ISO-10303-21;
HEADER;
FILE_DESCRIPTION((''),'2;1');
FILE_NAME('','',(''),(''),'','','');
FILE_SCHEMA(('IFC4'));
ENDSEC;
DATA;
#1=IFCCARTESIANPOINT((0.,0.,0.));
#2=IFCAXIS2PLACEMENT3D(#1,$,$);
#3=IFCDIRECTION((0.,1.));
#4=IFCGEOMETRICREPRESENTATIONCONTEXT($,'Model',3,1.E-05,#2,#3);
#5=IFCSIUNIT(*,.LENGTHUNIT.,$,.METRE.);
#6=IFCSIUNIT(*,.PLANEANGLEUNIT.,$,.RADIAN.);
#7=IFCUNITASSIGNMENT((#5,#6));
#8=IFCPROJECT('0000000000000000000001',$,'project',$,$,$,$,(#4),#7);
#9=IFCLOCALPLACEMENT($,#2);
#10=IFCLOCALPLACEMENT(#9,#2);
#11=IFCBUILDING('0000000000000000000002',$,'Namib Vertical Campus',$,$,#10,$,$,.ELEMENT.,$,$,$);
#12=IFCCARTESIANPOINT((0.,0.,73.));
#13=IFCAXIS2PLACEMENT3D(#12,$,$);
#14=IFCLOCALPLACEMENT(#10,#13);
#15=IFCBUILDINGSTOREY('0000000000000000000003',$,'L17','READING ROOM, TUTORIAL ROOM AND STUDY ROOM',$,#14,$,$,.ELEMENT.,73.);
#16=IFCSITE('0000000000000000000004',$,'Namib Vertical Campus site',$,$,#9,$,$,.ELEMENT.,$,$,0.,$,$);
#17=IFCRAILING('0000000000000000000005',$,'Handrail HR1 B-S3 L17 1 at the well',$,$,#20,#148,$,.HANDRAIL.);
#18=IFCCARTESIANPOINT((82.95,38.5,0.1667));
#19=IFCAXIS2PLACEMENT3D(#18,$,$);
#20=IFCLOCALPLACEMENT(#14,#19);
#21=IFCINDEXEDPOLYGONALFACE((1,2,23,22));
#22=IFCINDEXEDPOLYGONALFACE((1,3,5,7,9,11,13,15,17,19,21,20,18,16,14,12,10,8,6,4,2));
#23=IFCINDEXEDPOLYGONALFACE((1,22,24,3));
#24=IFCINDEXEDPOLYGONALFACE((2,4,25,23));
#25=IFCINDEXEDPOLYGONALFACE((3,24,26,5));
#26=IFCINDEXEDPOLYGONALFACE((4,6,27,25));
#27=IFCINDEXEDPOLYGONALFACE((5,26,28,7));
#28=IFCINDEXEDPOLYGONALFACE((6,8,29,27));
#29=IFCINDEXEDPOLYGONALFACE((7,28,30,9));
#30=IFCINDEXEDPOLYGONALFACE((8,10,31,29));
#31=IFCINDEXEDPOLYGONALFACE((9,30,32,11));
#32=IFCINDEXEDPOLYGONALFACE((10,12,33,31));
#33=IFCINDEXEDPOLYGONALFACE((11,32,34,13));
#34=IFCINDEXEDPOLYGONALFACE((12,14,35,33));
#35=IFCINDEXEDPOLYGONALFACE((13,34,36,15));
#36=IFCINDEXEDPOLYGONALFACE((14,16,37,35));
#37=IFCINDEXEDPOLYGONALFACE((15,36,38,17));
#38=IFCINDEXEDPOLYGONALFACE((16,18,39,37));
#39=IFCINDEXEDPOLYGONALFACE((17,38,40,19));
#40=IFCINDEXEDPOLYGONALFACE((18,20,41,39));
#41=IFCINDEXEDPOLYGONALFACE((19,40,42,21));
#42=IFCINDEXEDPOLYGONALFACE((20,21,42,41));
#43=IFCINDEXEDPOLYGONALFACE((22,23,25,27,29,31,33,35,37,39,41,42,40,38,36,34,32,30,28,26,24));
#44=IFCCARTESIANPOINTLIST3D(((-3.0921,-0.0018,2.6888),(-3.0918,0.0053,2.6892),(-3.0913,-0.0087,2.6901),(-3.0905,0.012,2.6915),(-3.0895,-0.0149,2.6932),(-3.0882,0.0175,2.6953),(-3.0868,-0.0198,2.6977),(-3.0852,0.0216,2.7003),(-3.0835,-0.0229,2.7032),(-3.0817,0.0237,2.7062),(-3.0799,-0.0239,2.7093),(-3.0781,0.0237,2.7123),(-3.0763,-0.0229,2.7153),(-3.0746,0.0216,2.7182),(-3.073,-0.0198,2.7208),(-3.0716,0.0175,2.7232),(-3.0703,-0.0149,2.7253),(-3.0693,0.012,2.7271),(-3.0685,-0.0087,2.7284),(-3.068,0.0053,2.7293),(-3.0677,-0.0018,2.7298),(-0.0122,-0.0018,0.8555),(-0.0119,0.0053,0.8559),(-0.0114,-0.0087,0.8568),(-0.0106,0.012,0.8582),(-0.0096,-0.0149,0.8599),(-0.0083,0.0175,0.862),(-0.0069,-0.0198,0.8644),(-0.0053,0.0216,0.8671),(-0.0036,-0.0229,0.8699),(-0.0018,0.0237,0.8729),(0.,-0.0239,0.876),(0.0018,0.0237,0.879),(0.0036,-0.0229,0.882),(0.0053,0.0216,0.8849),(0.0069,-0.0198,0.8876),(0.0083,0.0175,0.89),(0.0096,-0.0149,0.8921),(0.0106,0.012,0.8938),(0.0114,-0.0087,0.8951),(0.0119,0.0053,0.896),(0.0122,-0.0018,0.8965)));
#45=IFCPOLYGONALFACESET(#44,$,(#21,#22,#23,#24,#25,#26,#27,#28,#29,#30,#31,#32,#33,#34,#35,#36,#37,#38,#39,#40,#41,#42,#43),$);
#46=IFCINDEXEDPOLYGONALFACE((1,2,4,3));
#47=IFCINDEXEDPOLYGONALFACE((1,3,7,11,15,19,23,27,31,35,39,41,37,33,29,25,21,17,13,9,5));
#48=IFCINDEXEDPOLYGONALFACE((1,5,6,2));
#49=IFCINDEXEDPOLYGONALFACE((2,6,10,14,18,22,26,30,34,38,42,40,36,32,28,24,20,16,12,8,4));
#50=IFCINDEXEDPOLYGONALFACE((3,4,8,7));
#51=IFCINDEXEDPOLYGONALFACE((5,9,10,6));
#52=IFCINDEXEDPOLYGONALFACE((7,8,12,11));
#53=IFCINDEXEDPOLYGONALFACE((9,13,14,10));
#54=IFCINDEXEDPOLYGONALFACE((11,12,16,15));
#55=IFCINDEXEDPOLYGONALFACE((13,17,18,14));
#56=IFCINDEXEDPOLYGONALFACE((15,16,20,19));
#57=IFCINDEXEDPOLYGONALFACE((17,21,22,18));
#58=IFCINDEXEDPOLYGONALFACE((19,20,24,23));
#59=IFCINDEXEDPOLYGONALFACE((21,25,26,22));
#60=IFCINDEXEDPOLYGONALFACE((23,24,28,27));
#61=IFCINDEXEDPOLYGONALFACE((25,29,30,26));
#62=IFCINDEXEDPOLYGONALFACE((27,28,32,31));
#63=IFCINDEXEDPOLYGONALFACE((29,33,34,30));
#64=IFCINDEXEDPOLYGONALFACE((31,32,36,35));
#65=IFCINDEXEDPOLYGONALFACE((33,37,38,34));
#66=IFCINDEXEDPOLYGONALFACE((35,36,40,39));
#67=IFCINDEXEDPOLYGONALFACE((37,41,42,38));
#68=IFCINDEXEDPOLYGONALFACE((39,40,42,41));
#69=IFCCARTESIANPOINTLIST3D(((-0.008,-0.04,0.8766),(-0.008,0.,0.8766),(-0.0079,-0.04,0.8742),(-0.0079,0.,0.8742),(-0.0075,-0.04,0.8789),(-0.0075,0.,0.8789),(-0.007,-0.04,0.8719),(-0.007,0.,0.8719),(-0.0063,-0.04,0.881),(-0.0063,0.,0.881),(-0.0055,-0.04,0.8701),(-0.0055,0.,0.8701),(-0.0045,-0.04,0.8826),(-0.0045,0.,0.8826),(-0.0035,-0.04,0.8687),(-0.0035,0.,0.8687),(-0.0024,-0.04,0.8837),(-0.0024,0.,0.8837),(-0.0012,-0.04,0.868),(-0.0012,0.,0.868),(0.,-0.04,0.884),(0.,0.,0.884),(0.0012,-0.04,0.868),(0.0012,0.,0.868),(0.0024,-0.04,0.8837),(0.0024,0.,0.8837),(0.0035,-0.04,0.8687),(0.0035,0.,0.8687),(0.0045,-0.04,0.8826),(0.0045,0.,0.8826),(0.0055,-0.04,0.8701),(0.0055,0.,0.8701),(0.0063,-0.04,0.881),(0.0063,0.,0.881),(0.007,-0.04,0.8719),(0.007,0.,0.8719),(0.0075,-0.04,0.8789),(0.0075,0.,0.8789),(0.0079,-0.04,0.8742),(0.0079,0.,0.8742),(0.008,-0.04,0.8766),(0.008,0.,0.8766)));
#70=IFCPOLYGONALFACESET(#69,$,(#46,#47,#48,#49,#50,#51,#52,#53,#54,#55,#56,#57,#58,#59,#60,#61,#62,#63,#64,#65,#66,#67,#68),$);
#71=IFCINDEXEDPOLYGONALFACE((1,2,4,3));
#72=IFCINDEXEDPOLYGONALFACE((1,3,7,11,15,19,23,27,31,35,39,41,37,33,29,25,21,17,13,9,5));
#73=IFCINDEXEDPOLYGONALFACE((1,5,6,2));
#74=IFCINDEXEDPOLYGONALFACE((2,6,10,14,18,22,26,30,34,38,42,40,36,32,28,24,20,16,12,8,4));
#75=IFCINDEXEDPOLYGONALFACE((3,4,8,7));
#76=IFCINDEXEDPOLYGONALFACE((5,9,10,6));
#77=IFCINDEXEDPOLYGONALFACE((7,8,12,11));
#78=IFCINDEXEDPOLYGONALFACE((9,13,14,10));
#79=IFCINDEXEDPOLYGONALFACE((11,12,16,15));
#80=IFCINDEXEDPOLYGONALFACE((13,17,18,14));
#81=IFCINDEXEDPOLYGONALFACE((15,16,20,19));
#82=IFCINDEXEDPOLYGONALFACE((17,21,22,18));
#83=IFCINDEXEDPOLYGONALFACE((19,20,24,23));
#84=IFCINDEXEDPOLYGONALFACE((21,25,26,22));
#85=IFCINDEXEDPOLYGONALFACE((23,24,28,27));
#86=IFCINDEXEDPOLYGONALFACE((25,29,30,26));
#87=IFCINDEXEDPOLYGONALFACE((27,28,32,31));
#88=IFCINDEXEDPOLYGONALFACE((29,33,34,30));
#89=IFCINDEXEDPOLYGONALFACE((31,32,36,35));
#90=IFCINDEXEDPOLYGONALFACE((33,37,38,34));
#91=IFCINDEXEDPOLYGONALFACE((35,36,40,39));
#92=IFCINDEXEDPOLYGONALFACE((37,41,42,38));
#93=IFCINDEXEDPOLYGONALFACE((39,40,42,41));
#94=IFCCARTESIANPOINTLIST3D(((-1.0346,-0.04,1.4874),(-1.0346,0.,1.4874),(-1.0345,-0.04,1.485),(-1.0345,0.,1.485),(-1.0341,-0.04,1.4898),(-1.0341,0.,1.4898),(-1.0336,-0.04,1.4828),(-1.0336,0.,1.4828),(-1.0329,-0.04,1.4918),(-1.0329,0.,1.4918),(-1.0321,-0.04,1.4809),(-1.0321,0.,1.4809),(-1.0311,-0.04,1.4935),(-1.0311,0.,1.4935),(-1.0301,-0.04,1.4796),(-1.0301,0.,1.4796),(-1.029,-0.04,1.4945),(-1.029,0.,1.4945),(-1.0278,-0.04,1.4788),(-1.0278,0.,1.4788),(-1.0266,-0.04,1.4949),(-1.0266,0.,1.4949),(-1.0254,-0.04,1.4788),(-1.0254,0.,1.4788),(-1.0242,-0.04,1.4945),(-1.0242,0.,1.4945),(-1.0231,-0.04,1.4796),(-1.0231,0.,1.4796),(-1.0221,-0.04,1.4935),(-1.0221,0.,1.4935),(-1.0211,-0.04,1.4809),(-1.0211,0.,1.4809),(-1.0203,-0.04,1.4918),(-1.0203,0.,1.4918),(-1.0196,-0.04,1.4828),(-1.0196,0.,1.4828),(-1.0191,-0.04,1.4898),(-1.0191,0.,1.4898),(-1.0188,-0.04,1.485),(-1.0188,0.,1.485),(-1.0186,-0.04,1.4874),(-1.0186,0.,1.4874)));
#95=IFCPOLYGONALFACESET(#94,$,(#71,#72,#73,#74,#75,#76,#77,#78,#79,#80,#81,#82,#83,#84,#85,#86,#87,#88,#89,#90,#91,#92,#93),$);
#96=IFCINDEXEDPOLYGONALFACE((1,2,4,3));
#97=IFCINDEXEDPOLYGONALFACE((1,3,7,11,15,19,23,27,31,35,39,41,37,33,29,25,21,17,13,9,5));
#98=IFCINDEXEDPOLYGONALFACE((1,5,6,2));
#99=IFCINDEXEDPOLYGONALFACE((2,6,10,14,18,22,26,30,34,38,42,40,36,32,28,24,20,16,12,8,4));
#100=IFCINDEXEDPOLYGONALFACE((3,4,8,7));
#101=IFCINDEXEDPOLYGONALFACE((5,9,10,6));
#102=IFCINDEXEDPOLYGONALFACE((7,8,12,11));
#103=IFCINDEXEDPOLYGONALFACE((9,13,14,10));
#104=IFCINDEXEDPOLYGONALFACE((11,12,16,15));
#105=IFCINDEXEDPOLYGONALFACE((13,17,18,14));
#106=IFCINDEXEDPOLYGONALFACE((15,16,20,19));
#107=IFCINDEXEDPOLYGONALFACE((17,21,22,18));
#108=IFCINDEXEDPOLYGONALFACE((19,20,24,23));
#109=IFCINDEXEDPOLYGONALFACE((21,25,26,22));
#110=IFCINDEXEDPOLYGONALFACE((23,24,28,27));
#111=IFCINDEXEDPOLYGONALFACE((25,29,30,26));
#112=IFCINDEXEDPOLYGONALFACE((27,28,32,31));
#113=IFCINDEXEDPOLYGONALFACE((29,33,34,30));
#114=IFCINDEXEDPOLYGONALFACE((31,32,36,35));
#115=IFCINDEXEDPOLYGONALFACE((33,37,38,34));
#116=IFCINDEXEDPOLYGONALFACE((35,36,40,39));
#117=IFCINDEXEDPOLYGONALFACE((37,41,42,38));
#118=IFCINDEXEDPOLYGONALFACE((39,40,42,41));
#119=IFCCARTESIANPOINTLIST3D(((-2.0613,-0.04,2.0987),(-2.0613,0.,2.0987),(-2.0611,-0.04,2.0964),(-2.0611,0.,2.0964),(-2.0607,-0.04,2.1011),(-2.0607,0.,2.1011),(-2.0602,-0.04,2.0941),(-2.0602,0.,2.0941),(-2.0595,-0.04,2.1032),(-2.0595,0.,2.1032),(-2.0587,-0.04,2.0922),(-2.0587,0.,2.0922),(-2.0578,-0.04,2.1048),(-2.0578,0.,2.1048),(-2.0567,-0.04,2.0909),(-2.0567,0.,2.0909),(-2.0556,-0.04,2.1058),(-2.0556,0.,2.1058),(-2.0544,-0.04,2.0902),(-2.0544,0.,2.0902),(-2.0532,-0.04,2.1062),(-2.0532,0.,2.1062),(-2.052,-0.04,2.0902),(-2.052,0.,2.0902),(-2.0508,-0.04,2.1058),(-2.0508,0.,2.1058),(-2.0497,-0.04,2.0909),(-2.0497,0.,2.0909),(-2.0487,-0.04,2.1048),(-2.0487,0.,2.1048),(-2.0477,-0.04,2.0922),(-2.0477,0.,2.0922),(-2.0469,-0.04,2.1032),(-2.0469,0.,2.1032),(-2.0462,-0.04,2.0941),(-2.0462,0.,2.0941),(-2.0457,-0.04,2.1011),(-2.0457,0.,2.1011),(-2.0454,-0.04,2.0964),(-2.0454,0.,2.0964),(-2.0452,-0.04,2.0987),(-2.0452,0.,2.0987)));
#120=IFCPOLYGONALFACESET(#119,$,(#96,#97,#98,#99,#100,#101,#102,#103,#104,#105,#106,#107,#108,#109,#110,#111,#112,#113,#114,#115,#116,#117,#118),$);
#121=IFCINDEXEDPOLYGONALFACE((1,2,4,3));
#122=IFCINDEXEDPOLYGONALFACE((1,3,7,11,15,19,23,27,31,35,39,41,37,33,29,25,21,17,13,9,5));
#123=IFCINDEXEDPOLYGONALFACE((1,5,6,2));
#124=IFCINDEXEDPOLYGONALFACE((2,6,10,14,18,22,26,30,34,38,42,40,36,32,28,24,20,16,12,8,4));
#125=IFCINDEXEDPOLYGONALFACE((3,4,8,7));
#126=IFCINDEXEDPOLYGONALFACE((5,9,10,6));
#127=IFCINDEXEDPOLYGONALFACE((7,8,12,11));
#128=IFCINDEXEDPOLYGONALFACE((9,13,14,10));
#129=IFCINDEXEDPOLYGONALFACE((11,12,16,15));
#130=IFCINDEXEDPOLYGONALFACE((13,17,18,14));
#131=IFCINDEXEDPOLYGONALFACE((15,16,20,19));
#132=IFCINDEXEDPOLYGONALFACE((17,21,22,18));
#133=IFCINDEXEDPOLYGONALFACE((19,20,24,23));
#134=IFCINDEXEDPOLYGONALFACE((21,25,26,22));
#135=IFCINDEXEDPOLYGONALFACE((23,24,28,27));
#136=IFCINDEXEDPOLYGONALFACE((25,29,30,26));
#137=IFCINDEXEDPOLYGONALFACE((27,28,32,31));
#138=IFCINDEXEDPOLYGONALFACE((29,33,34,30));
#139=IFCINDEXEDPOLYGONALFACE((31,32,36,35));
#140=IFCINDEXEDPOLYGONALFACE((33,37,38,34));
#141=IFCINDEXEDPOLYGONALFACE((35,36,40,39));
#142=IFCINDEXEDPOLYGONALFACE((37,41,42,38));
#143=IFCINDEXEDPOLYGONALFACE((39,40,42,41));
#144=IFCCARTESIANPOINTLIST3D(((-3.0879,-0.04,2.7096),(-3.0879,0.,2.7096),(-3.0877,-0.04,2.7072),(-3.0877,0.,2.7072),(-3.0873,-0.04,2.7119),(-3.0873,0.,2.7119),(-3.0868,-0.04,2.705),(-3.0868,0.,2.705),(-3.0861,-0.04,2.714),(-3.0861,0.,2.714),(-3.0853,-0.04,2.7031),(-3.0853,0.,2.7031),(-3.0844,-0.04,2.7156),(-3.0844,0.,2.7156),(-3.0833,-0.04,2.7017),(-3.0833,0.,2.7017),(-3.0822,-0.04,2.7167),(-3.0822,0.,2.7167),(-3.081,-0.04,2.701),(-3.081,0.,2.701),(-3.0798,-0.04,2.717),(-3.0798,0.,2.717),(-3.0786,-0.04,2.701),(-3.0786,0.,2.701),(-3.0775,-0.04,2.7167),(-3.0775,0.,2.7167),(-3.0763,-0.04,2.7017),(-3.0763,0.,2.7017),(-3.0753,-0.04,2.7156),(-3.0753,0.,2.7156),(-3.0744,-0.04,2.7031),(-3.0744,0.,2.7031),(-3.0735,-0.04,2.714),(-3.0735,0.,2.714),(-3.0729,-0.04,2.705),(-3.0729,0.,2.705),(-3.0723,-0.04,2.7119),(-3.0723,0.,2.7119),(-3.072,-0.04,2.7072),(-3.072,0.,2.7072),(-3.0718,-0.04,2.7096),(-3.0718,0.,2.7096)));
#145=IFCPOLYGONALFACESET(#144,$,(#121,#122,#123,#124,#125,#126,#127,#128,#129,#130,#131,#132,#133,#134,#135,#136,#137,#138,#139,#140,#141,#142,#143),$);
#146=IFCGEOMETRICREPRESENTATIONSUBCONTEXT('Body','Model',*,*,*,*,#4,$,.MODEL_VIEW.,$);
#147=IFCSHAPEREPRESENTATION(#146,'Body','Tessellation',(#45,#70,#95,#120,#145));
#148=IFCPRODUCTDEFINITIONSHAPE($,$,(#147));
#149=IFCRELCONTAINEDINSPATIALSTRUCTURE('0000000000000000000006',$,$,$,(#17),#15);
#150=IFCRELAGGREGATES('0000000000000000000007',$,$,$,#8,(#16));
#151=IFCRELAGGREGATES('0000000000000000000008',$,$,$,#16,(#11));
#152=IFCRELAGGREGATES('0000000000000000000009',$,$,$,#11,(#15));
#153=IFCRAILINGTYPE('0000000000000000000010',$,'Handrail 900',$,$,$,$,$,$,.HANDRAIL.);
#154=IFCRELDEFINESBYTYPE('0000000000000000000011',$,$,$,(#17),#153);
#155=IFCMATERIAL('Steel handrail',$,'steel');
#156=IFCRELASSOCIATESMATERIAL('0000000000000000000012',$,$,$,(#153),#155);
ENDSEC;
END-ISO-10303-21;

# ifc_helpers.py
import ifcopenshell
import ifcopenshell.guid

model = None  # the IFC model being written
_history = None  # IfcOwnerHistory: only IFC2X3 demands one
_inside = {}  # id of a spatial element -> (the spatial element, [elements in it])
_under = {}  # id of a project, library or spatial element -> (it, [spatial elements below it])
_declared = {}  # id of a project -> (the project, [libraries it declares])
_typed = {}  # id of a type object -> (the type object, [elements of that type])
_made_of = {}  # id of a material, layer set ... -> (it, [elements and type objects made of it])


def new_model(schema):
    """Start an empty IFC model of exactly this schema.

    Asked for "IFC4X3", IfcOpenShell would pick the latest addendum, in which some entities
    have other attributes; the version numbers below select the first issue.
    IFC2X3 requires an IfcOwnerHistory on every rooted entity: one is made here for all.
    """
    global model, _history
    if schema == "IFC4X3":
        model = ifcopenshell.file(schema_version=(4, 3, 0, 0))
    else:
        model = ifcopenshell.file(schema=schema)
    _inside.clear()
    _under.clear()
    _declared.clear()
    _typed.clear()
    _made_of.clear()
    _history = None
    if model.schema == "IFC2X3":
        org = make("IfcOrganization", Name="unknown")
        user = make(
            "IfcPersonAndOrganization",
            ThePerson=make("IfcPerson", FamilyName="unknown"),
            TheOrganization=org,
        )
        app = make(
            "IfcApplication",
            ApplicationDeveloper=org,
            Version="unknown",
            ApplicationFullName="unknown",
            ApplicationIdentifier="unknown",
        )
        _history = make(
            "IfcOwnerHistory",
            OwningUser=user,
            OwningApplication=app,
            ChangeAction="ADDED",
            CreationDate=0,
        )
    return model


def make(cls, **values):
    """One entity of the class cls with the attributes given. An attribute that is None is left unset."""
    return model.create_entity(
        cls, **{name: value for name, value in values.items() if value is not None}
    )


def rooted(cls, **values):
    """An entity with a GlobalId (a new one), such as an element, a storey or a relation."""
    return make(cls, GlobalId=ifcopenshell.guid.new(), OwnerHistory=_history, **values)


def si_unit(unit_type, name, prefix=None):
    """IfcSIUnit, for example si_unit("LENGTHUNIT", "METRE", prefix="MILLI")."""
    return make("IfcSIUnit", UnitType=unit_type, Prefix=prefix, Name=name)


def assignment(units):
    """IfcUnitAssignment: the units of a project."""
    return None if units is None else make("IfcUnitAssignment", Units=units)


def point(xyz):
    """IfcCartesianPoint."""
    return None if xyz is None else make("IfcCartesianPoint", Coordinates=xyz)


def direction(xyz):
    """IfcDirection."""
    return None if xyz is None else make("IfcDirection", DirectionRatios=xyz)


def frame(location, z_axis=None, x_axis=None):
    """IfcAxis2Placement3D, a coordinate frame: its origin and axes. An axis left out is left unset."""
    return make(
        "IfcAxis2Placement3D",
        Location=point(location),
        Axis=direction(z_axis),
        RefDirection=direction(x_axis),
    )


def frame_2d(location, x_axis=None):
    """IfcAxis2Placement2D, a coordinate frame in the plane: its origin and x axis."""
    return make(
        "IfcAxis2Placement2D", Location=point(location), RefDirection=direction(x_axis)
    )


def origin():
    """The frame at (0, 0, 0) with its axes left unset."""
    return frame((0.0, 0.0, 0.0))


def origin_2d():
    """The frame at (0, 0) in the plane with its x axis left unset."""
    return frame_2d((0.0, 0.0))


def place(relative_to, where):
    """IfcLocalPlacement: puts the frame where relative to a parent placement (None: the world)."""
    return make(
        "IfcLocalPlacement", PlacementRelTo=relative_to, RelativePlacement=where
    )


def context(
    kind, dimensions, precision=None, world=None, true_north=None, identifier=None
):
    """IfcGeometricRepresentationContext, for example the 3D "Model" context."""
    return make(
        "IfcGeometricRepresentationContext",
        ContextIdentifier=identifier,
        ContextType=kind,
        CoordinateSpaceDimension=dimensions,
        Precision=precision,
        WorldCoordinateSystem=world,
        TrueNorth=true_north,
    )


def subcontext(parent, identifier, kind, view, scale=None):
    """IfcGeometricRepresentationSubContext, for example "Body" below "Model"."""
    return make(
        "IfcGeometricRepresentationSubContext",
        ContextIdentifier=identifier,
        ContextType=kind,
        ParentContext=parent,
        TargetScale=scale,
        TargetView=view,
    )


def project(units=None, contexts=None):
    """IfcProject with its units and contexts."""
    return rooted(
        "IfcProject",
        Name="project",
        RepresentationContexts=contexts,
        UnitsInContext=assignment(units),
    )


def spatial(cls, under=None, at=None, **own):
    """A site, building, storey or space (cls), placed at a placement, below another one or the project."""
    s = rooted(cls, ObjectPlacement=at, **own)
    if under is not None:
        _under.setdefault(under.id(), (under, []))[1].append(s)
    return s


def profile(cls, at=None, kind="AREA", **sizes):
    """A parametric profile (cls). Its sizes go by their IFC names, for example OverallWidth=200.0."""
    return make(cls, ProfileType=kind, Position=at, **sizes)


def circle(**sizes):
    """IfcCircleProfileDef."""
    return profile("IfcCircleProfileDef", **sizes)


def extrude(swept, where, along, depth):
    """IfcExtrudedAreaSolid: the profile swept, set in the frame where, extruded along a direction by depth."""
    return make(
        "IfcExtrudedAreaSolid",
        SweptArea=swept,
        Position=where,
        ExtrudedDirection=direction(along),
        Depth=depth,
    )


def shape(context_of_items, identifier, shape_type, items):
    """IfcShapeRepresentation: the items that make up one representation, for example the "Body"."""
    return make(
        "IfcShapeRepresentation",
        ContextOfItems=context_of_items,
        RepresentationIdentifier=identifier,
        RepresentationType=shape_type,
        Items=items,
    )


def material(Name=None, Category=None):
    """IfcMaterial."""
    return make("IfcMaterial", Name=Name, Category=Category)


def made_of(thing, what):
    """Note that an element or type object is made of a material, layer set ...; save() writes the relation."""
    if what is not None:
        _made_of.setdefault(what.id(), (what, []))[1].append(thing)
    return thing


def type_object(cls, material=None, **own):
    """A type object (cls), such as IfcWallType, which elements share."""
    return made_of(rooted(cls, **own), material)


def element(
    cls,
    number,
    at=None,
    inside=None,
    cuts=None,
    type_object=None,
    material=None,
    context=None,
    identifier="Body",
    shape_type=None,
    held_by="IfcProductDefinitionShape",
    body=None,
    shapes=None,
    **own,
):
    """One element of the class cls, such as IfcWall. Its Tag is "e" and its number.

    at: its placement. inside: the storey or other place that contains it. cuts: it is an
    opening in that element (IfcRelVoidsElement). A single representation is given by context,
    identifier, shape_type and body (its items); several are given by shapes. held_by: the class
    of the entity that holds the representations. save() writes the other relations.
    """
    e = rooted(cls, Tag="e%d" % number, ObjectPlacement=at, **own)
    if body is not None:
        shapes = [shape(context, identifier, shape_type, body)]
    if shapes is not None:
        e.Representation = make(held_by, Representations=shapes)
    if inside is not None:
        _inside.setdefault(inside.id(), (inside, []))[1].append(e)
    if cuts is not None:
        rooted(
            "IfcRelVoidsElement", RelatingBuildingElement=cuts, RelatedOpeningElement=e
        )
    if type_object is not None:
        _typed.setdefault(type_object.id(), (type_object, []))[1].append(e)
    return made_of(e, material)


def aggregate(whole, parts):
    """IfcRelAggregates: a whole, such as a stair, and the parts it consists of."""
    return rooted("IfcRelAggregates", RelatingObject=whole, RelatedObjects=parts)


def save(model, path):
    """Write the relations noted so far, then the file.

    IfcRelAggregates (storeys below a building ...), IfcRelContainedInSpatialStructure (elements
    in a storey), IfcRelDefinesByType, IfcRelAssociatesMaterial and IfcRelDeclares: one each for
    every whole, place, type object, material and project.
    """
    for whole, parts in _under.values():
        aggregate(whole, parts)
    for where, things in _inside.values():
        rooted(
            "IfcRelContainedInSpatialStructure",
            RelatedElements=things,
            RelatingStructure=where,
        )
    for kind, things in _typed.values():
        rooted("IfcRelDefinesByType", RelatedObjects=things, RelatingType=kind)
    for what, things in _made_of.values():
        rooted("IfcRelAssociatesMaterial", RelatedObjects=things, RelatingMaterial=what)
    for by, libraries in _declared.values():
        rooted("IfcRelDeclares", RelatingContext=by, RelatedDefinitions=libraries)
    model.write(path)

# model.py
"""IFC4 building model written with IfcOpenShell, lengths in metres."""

from ifc_helpers import new_model, si_unit, direction, frame, origin, origin_2d, place, context, subcontext, project, spatial, circle, extrude, material, type_object, element, save


model = new_model("IFC4")

# Units and contexts
model_context = context("Model", 3, precision=1e-05, world=origin(), true_north=direction((0.0, 1.0)))
body_context = subcontext(model_context, "Body", "Model", "MODEL_VIEW")
ifc_project = project(units=[si_unit("LENGTHUNIT", "METRE"), si_unit("PLANEANGLEUNIT", "RADIAN")], contexts=[model_context])

# Site, building, storey
site_placement = place(None, origin())
site = spatial("IfcSite", under=ifc_project, at=site_placement, Name="Namib Vertical Campus site", CompositionType="ELEMENT", RefElevation=0.0)
building_placement = place(site_placement, origin())
building = spatial("IfcBuilding", under=site, at=building_placement, Name="Namib Vertical Campus", CompositionType="ELEMENT")
storey_placement = place(building_placement, frame((0.0, 0.0, 73.0)))
storey = spatial("IfcBuildingStorey", under=building, at=storey_placement, Name="L17", Description="READING ROOM, TUTORIAL ROOM AND STUDY ROOM", CompositionType="ELEMENT", Elevation=73.0)

# Railing
ifc_material_1 = material(Name="Steel handrail", Category="steel")
railing_type_1 = type_object("IfcRailingType", Name="Handrail 900", PredefinedType="HANDRAIL", material=ifc_material_1)
railing_1_placement = place(storey_placement, frame((82.95, 38.5, 0.1667)))
element("IfcRailing", 1, at=railing_1_placement, inside=storey, type_object=railing_type_1, Name="Handrail HR1 B-S3 L17 1 at the well", PredefinedType="HANDRAIL", context=body_context, shape_type="SweptSolid", body=[
    extrude(circle(Radius=0.0239, at=origin_2d()), frame((0.0, 0.0, 0.876), z_axis=(-0.859291, 0.0, 0.511487), x_axis=(0.0, -1.0, 0.0)), (0.0, 0.0, 1.0), 3.5842),
    extrude(circle(Radius=0.0081, at=origin_2d()), frame((0.0, 0.0, 0.876), z_axis=(0.0, -1.0, 0.0), x_axis=(0.0, 0.0, 1.0)), (0.0, 0.0, 1.0), 0.04),
    extrude(circle(Radius=0.0081, at=origin_2d()), frame((-1.0266, 0.0, 1.4868), z_axis=(0.0, -1.0, 0.0), x_axis=(0.0, 0.0, 1.0)), (0.0, 0.0, 1.0), 0.04),
    extrude(circle(Radius=0.0081, at=origin_2d()), frame((-2.0532, 0.0, 2.0981), z_axis=(0.0, -1.0, 0.0), x_axis=(0.0, 0.0, 1.0)), (0.0, 0.0, 1.0), 0.04),
    extrude(circle(Radius=0.0081, at=origin_2d()), frame((-3.0798, 0.0, 2.709), z_axis=(0.0, -1.0, 0.0), x_axis=(0.0, 0.0, 1.0)), (0.0, 0.0, 1.0), 0.04),
])

save(model, "model.ifc")
